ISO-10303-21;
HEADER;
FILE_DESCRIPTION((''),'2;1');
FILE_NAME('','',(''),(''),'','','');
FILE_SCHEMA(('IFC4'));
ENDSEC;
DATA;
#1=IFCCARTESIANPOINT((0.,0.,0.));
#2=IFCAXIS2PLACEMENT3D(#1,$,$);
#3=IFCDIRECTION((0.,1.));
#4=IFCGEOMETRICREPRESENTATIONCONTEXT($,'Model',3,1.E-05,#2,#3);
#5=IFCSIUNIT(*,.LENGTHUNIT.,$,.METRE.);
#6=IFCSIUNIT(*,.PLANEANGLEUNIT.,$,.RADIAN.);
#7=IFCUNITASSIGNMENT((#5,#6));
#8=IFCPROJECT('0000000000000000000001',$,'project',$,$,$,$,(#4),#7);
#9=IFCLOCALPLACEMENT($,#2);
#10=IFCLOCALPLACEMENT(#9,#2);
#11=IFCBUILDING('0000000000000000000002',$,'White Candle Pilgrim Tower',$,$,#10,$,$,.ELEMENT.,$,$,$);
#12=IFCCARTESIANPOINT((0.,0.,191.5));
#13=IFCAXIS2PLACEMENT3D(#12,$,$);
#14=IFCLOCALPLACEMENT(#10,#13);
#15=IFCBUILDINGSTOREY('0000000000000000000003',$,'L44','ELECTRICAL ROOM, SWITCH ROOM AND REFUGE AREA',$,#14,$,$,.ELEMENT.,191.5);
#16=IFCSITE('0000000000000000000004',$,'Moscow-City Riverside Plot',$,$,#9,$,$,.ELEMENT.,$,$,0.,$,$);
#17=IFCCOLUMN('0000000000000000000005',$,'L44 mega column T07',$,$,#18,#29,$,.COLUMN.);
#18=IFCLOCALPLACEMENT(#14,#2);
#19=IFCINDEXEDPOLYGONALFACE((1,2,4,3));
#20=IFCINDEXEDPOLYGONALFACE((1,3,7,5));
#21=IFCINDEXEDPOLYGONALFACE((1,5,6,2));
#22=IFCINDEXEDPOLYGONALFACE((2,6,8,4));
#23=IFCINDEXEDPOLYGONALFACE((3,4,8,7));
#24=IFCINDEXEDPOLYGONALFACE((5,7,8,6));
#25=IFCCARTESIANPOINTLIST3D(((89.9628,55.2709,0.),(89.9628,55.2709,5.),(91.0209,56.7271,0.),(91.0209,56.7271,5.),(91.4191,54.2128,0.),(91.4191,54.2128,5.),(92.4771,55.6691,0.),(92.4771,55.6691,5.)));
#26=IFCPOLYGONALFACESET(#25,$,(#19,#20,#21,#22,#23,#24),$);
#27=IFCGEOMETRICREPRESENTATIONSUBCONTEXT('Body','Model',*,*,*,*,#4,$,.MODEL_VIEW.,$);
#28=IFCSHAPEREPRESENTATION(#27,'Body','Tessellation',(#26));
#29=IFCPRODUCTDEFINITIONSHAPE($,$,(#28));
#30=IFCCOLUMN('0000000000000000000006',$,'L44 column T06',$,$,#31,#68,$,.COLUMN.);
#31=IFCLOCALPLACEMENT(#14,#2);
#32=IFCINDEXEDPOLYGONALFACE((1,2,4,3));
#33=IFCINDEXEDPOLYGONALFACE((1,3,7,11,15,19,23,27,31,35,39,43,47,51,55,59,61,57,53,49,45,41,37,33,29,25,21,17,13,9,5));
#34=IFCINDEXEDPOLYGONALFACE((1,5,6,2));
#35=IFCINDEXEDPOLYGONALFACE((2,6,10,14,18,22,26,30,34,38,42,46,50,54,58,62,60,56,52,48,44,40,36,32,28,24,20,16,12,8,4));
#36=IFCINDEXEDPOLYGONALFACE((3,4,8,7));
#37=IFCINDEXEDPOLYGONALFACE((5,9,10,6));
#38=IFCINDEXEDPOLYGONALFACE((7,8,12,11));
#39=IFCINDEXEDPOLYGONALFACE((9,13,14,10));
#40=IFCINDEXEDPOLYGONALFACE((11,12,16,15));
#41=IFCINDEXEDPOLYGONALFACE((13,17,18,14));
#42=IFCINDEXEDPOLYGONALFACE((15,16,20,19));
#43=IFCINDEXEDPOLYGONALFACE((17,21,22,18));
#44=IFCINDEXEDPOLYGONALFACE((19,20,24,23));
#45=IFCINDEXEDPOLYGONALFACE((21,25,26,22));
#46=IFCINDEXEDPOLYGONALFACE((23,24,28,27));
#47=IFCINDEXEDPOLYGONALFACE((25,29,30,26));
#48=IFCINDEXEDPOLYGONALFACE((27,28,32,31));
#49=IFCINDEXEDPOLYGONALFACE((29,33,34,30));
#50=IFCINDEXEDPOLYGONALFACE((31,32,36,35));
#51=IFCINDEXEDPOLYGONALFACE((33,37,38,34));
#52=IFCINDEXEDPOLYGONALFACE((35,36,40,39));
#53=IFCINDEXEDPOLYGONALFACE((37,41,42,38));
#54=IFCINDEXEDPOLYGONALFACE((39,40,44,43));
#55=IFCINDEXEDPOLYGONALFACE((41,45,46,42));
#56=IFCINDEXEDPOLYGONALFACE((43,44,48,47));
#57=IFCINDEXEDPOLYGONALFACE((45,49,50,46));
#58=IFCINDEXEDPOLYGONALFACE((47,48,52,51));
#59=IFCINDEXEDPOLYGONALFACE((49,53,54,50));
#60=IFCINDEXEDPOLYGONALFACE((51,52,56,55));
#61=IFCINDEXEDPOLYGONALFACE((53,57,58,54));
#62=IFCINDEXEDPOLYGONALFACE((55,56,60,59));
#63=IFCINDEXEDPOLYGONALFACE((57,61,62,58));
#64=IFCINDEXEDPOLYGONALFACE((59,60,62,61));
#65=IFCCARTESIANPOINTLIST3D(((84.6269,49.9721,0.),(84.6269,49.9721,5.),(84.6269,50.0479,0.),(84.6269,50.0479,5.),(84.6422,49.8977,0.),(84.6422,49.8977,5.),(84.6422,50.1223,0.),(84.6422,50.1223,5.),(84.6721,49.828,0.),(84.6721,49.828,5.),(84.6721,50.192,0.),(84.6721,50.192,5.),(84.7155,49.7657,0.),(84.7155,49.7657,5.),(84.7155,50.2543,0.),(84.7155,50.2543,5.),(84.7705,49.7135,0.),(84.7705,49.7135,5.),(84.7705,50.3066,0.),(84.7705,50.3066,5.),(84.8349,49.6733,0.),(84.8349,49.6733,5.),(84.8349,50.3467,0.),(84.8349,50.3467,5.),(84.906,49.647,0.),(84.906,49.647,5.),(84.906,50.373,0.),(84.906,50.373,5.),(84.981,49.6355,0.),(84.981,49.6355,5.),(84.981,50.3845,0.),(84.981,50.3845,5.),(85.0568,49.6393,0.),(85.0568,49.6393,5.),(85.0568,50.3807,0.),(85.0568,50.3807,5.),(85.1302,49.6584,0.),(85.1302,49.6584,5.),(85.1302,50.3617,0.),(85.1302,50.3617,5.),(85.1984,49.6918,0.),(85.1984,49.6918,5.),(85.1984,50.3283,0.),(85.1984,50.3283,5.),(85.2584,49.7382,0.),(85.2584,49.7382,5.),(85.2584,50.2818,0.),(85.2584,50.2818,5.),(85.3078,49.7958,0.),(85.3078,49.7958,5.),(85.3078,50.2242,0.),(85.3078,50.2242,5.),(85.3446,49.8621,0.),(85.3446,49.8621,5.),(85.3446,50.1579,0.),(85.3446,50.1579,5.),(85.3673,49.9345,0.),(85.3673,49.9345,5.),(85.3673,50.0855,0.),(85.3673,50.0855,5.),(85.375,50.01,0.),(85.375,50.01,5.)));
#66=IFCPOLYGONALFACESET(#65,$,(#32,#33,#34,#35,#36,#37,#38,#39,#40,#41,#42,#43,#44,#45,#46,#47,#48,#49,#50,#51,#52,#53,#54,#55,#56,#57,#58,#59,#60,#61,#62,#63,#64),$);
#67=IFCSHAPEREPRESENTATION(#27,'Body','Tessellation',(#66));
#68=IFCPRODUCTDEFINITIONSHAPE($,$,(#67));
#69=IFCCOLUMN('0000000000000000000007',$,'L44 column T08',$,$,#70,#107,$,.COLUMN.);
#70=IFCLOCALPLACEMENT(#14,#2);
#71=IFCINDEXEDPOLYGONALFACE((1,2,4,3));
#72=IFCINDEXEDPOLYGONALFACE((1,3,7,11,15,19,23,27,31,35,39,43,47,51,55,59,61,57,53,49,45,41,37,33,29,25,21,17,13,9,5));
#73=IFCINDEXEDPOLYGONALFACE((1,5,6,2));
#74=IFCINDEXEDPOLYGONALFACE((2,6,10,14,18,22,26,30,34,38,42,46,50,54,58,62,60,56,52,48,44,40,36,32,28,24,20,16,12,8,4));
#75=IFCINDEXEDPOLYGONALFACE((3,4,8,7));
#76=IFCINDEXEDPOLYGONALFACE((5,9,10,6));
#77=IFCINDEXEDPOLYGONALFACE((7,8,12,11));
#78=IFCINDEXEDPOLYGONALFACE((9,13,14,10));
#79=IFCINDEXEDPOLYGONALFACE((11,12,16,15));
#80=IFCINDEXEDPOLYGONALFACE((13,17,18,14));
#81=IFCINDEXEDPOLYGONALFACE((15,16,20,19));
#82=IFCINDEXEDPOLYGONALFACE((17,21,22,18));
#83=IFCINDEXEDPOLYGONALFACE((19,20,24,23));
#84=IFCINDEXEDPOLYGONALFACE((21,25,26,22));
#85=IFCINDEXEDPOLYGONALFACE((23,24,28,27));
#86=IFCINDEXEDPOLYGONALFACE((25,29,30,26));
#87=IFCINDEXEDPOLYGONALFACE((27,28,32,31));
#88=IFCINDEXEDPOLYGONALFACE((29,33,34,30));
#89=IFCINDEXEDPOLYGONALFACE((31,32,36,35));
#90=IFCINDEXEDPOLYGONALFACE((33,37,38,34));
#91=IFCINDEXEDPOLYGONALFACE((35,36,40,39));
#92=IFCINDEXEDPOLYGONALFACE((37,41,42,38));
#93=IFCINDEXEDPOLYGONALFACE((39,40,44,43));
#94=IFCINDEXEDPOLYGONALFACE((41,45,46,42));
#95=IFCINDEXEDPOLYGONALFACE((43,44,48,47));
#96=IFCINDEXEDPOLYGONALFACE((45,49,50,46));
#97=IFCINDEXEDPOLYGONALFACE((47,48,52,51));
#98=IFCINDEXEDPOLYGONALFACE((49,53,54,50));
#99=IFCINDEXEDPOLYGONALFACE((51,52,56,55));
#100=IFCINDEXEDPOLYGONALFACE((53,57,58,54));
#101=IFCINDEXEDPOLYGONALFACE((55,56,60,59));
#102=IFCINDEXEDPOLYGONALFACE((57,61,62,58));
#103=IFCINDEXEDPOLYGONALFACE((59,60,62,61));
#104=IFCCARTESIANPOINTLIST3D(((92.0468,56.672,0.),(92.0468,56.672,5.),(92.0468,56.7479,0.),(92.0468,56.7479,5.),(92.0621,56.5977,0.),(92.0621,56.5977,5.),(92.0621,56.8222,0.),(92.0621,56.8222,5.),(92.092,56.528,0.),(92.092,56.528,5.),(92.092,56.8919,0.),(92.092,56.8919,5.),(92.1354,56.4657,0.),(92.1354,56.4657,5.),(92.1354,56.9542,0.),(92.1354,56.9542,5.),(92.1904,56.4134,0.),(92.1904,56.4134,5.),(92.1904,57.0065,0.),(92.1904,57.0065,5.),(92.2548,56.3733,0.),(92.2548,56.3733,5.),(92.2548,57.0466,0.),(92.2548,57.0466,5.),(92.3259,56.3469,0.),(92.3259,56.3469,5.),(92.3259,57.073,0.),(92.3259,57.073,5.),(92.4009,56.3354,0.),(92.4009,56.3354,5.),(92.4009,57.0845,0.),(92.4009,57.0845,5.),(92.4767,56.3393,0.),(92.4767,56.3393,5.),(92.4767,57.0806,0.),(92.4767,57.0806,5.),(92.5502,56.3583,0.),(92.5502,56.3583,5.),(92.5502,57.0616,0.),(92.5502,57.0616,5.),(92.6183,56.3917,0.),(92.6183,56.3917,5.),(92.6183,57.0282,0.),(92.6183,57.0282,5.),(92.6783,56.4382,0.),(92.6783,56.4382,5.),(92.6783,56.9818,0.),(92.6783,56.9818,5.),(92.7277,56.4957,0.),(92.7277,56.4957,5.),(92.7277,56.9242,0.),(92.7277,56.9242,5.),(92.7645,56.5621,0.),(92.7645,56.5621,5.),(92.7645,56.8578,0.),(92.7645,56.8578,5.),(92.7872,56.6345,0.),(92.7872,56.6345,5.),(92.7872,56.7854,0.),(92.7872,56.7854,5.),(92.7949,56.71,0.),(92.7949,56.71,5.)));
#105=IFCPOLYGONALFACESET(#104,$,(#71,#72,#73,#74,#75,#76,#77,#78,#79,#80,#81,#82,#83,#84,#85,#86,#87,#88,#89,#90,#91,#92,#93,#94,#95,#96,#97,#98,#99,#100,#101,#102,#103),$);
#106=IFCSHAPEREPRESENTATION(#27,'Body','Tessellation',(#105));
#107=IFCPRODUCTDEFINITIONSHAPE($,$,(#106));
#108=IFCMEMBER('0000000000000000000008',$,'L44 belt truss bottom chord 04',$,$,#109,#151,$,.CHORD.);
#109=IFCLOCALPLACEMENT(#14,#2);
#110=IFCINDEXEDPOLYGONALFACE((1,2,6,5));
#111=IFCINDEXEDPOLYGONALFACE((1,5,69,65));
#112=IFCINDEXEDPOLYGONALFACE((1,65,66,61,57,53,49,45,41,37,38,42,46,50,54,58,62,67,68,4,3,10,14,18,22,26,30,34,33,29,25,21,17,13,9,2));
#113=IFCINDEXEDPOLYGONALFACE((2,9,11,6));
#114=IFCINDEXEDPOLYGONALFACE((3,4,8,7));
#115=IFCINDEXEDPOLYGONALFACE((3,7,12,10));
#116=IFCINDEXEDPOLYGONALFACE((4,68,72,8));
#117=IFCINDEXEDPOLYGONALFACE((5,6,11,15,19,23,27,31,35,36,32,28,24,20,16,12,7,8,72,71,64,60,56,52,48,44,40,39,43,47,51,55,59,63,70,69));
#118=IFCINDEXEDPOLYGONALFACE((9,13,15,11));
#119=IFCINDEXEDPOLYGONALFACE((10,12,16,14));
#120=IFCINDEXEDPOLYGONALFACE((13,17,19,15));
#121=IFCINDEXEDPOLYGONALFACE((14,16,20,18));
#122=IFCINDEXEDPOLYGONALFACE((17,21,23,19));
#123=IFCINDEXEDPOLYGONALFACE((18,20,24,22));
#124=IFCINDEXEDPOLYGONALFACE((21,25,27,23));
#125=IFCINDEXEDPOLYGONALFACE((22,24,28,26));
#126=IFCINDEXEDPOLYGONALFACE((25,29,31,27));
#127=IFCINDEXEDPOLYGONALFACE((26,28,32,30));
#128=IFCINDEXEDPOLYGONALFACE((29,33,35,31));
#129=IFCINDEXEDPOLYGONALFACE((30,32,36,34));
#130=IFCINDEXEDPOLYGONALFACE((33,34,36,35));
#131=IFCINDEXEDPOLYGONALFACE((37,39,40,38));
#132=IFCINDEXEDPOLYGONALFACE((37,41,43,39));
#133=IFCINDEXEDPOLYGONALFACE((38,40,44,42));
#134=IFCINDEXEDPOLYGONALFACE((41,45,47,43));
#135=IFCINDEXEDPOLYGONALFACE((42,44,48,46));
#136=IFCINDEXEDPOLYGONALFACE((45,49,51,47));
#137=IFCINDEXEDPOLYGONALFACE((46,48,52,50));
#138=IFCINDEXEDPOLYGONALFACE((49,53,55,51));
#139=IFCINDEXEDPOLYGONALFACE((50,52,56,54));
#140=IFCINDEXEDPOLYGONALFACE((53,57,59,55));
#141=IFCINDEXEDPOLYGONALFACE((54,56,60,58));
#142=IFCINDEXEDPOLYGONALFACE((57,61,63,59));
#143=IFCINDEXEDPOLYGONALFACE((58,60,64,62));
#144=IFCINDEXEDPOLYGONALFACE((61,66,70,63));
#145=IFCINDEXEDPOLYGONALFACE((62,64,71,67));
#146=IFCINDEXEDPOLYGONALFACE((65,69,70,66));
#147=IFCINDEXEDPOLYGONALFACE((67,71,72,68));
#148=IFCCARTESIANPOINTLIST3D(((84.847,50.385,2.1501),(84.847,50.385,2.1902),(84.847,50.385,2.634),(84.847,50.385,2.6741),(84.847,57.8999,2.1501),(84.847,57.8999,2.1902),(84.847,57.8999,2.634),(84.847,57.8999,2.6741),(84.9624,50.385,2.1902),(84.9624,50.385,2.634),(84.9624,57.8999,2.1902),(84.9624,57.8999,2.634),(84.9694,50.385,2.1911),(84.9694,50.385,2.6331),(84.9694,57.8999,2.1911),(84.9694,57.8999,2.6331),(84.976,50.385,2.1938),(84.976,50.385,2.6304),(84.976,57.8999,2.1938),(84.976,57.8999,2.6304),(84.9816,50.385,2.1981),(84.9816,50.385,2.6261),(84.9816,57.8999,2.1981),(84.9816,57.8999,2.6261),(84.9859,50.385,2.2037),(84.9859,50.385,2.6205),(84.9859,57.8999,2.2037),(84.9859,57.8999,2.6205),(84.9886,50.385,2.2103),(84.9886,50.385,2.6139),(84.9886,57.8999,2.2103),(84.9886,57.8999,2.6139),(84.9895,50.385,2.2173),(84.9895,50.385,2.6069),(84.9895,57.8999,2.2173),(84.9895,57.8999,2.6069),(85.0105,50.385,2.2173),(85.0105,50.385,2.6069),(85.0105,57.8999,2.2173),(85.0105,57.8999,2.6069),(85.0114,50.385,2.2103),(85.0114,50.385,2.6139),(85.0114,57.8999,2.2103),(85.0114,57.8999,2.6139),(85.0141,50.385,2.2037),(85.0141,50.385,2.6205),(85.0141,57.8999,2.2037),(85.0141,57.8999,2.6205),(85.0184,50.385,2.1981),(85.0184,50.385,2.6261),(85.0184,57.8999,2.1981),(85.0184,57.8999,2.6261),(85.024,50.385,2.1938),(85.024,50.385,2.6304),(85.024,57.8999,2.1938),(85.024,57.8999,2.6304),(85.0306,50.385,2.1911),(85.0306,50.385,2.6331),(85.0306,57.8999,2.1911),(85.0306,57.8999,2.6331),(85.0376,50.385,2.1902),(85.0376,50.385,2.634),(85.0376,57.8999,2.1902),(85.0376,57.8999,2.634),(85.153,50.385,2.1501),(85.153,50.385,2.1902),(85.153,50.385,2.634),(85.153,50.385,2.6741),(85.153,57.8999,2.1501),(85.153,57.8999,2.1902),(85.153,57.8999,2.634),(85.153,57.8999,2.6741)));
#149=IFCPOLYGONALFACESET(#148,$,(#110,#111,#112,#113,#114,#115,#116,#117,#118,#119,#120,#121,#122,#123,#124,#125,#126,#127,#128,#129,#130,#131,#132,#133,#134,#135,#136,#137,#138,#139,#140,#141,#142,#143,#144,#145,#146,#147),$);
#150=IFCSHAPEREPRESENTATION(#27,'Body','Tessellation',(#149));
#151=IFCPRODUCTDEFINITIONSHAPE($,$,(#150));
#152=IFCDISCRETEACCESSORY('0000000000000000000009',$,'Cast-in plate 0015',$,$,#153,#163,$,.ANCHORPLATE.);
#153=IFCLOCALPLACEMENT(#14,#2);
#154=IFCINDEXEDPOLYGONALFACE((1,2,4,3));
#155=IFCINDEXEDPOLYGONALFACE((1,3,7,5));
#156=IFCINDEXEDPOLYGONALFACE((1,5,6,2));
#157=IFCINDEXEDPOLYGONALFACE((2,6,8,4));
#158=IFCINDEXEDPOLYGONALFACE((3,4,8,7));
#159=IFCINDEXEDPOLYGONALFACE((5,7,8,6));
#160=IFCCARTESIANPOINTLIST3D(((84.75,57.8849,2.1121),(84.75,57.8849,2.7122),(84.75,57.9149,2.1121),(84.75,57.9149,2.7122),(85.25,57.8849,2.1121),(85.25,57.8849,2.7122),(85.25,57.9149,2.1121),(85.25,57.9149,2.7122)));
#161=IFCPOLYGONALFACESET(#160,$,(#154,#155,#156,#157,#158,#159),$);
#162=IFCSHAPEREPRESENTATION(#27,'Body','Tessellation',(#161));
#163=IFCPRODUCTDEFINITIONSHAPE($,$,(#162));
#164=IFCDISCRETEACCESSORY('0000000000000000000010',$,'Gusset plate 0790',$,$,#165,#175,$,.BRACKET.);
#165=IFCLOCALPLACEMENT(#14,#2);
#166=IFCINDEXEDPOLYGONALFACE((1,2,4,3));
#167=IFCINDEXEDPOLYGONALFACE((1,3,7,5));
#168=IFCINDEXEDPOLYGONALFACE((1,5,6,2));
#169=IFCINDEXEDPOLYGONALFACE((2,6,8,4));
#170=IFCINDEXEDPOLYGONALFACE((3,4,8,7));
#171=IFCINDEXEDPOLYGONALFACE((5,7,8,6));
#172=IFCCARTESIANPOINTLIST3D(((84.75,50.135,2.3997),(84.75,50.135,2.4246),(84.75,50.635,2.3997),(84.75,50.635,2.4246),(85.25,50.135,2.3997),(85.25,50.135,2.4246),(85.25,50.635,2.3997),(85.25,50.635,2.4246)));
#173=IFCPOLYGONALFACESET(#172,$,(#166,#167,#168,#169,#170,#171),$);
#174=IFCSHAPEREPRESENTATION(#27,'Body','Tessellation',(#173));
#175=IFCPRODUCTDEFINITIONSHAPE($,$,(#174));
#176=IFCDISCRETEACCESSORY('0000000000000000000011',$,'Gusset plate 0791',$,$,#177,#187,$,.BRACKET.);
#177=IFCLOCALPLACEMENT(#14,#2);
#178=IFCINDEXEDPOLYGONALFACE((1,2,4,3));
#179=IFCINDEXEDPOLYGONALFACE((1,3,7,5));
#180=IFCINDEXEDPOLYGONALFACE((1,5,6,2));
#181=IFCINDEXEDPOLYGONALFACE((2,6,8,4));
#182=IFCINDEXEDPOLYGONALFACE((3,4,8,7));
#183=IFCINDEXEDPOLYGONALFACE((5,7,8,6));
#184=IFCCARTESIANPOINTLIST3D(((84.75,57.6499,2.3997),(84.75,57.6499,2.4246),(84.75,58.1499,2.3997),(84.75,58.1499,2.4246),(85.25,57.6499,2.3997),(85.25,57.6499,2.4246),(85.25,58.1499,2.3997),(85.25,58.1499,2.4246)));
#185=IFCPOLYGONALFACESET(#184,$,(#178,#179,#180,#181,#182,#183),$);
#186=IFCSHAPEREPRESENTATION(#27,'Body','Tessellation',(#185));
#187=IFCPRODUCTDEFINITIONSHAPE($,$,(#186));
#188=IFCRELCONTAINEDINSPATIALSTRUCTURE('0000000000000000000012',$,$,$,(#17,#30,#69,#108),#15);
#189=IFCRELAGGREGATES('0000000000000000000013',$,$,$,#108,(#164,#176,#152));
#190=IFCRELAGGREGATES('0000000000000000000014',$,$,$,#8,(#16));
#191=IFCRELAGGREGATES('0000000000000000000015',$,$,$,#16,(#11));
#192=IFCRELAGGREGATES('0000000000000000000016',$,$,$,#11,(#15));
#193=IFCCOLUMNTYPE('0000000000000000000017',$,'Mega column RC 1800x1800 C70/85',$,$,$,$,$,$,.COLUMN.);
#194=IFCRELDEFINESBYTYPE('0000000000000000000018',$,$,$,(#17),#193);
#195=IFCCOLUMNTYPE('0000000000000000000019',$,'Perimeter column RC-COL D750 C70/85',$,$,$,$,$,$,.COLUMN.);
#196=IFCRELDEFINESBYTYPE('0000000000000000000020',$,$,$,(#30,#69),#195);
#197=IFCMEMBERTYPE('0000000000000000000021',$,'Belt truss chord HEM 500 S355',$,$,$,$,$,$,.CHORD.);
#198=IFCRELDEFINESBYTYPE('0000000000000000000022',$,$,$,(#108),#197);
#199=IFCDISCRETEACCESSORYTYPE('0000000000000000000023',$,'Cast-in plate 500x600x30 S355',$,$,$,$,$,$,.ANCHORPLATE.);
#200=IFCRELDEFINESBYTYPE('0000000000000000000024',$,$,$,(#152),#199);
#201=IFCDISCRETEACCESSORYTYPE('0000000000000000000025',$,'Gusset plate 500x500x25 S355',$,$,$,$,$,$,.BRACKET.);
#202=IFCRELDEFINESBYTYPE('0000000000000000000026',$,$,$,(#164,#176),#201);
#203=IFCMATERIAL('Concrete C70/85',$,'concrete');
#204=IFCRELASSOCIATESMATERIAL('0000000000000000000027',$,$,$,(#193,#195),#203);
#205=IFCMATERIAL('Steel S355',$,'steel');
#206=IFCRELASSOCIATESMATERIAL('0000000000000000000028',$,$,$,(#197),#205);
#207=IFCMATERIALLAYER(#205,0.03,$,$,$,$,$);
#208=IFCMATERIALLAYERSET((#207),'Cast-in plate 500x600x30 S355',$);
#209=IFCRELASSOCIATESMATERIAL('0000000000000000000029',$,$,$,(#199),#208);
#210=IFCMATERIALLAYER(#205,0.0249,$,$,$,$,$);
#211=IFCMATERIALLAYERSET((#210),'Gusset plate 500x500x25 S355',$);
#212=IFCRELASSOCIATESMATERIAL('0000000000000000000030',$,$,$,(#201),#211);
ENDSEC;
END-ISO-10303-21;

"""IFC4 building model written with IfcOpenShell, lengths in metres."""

from ifc_helpers import new_model, si_unit, direction, frame, origin, origin_2d, place, context, subcontext, project, spatial, rectangle, circle, i_section, extrude, material, layer, layer_set, material_profile, profile_set, type_object, element, aggregate, save


model = new_model("IFC4")

# Units and contexts
model_context = context("Model", 3, precision=1e-05, world=origin(), true_north=direction((0.0, 1.0)))
body_context = subcontext(model_context, "Body", "Model", "MODEL_VIEW")
ifc_project = project(units=[si_unit("LENGTHUNIT", "METRE"), si_unit("PLANEANGLEUNIT", "RADIAN")], contexts=[model_context])

# Site, building, storey
site_placement = place(None, origin())
site = spatial("IfcSite", under=ifc_project, at=site_placement, Name="Moscow-City Riverside Plot", CompositionType="ELEMENT", RefElevation=0.0)
building_placement = place(site_placement, origin())
building = spatial("IfcBuilding", under=site, at=building_placement, Name="White Candle Pilgrim Tower", CompositionType="ELEMENT")
storey_placement = place(building_placement, frame((0.0, 0.0, 191.5)))
storey = spatial("IfcBuildingStorey", under=building, at=storey_placement, Name="L44", Description="ELECTRICAL ROOM, SWITCH ROOM AND REFUGE AREA", CompositionType="ELEMENT", Elevation=191.5)

# Columns
ifc_material_1 = material(Name="Concrete C70/85", Category="concrete")
ifc_material_profile_1 = material_profile(ifc_material_1, rectangle(XDim=1.8, YDim=1.8, at=origin_2d()), Name="RC 1800x1800")
ifc_profile_set_1 = profile_set([ifc_material_profile_1], Name="Concrete C70/85")
column_type_1 = type_object("IfcColumnType", Name="Mega column RC 1800x1800 C70/85", PredefinedType="COLUMN", material=ifc_profile_set_1)
column_placement = place(storey_placement, frame((91.22, 55.47, 0.0), z_axis=(0.0, 0.0, 1.0), x_axis=(0.809017, -0.587785, 0.0)))
element("IfcColumn", 1, at=column_placement, inside=storey, type_object=column_type_1, Name="L44 mega column T07", PredefinedType="COLUMN", context=body_context, shape_type="SweptSolid", body=[
    extrude(rectangle(XDim=1.8, YDim=1.8, at=origin_2d()), origin(), (0.0, 0.0, 1.0), 5.0),
])
ifc_material_profile_2 = material_profile(ifc_material_1, circle(Radius=0.375, at=origin_2d()), Name="RC-COL D750")
ifc_profile_set_2 = profile_set([ifc_material_profile_2], Name="Concrete C70/85")
column_type_2 = type_object("IfcColumnType", Name="Perimeter column RC-COL D750 C70/85", PredefinedType="COLUMN", material=ifc_profile_set_2)
for number, where, z_axis, x_axis, name in (
    (2, (85.0, 50.01, 0.0), (0.0, 0.0, 1.0), (1.0, 0.0, 0.0), "L44 column T06"),
    (3, (92.4199, 56.71, 0.0), (0.0, 0.0, 1.0), (1.0, 0.0, 0.0), "L44 column T08"),
):
    element("IfcColumn", number, at=place(storey_placement, frame(where, z_axis=z_axis, x_axis=x_axis)), inside=storey, type_object=column_type_2, Name=name, PredefinedType="COLUMN", context=body_context, shape_type="SweptSolid", body=[
        extrude(circle(Radius=0.375, at=origin_2d()), origin(), (0.0, 0.0, 1.0), 5.0),
    ])

# Member
ifc_material_2 = material(Name="Steel S355", Category="steel")
ifc_material_profile_3 = material_profile(ifc_material_2, i_section(OverallWidth=0.3059, OverallDepth=0.5239, WebThickness=0.021, FlangeThickness=0.04, FilletRadius=0.0271, at=origin_2d()), Name="HEM 500")
ifc_profile_set_3 = profile_set([ifc_material_profile_3], Name="Steel S355")
member_type_1 = type_object("IfcMemberType", Name="Belt truss chord HEM 500 S355", PredefinedType="CHORD", material=ifc_profile_set_3)
member_1_placement = place(storey_placement, frame((85.0, 50.385, 2.4121), z_axis=(0.0, 1.0, 0.0), x_axis=(1.0, 0.0, 0.0)))
member_1 = element("IfcMember", 4, at=member_1_placement, inside=storey, type_object=member_type_1, Name="L44 belt truss bottom chord 04", PredefinedType="CHORD", context=body_context, shape_type="SweptSolid", body=[
    extrude(i_section(OverallWidth=0.3059, OverallDepth=0.5239, WebThickness=0.021, FlangeThickness=0.04, FilletRadius=0.0271, at=origin_2d()), origin(), (0.0, 0.0, 1.0), 7.5149),
])

# Discrete accessories
ifc_layer_1 = layer(ifc_material_2, 0.03)
ifc_layer_set_1 = layer_set([ifc_layer_1], Name="Cast-in plate 500x600x30 S355")
discrete_accessory_type_1 = type_object("IfcDiscreteAccessoryType", Name="Cast-in plate 500x600x30 S355", PredefinedType="ANCHORPLATE", material=ifc_layer_set_1)
discrete_accessory_1_placement = place(storey_placement, frame((85.0, 57.8999, 2.1121), z_axis=(0.0, 0.0, 1.0), x_axis=(0.0, -1.0, 0.0)))
discrete_accessory_1 = element("IfcDiscreteAccessory", 5, at=discrete_accessory_1_placement, type_object=discrete_accessory_type_1, Name="Cast-in plate 0015", PredefinedType="ANCHORPLATE", context=body_context, shape_type="SweptSolid", body=[
    extrude(rectangle(XDim=0.03, YDim=0.5, at=origin_2d()), origin(), (0.0, 0.0, 1.0), 0.6001),
])
ifc_layer_2 = layer(ifc_material_2, 0.0249)
ifc_layer_set_2 = layer_set([ifc_layer_2], Name="Gusset plate 500x500x25 S355")
discrete_accessory_type_2 = type_object("IfcDiscreteAccessoryType", Name="Gusset plate 500x500x25 S355", PredefinedType="BRACKET", material=ifc_layer_set_2)
discrete_accessory_2_placement = place(storey_placement, frame((85.0, 50.385, 2.3997), z_axis=(0.0, 0.0, 1.0), x_axis=(1.0, 0.0, 0.0)))
discrete_accessory_2 = element("IfcDiscreteAccessory", 6, at=discrete_accessory_2_placement, type_object=discrete_accessory_type_2, Name="Gusset plate 0790", PredefinedType="BRACKET", context=body_context, shape_type="SweptSolid", body=[
    extrude(rectangle(XDim=0.5, YDim=0.5, at=origin_2d()), origin(), (0.0, 0.0, 1.0), 0.0249),
])
discrete_accessory_3_placement = place(storey_placement, frame((85.0, 57.8999, 2.3997), z_axis=(0.0, 0.0, 1.0), x_axis=(1.0, 0.0, 0.0)))
discrete_accessory_3 = element("IfcDiscreteAccessory", 7, at=discrete_accessory_3_placement, type_object=discrete_accessory_type_2, Name="Gusset plate 0791", PredefinedType="BRACKET", context=body_context, shape_type="SweptSolid", body=[
    extrude(rectangle(XDim=0.5, YDim=0.5, at=origin_2d()), origin(), (0.0, 0.0, 1.0), 0.0249),
])
aggregate(member_1, [discrete_accessory_2, discrete_accessory_3, discrete_accessory_1])

save(model, "model.ifc")
